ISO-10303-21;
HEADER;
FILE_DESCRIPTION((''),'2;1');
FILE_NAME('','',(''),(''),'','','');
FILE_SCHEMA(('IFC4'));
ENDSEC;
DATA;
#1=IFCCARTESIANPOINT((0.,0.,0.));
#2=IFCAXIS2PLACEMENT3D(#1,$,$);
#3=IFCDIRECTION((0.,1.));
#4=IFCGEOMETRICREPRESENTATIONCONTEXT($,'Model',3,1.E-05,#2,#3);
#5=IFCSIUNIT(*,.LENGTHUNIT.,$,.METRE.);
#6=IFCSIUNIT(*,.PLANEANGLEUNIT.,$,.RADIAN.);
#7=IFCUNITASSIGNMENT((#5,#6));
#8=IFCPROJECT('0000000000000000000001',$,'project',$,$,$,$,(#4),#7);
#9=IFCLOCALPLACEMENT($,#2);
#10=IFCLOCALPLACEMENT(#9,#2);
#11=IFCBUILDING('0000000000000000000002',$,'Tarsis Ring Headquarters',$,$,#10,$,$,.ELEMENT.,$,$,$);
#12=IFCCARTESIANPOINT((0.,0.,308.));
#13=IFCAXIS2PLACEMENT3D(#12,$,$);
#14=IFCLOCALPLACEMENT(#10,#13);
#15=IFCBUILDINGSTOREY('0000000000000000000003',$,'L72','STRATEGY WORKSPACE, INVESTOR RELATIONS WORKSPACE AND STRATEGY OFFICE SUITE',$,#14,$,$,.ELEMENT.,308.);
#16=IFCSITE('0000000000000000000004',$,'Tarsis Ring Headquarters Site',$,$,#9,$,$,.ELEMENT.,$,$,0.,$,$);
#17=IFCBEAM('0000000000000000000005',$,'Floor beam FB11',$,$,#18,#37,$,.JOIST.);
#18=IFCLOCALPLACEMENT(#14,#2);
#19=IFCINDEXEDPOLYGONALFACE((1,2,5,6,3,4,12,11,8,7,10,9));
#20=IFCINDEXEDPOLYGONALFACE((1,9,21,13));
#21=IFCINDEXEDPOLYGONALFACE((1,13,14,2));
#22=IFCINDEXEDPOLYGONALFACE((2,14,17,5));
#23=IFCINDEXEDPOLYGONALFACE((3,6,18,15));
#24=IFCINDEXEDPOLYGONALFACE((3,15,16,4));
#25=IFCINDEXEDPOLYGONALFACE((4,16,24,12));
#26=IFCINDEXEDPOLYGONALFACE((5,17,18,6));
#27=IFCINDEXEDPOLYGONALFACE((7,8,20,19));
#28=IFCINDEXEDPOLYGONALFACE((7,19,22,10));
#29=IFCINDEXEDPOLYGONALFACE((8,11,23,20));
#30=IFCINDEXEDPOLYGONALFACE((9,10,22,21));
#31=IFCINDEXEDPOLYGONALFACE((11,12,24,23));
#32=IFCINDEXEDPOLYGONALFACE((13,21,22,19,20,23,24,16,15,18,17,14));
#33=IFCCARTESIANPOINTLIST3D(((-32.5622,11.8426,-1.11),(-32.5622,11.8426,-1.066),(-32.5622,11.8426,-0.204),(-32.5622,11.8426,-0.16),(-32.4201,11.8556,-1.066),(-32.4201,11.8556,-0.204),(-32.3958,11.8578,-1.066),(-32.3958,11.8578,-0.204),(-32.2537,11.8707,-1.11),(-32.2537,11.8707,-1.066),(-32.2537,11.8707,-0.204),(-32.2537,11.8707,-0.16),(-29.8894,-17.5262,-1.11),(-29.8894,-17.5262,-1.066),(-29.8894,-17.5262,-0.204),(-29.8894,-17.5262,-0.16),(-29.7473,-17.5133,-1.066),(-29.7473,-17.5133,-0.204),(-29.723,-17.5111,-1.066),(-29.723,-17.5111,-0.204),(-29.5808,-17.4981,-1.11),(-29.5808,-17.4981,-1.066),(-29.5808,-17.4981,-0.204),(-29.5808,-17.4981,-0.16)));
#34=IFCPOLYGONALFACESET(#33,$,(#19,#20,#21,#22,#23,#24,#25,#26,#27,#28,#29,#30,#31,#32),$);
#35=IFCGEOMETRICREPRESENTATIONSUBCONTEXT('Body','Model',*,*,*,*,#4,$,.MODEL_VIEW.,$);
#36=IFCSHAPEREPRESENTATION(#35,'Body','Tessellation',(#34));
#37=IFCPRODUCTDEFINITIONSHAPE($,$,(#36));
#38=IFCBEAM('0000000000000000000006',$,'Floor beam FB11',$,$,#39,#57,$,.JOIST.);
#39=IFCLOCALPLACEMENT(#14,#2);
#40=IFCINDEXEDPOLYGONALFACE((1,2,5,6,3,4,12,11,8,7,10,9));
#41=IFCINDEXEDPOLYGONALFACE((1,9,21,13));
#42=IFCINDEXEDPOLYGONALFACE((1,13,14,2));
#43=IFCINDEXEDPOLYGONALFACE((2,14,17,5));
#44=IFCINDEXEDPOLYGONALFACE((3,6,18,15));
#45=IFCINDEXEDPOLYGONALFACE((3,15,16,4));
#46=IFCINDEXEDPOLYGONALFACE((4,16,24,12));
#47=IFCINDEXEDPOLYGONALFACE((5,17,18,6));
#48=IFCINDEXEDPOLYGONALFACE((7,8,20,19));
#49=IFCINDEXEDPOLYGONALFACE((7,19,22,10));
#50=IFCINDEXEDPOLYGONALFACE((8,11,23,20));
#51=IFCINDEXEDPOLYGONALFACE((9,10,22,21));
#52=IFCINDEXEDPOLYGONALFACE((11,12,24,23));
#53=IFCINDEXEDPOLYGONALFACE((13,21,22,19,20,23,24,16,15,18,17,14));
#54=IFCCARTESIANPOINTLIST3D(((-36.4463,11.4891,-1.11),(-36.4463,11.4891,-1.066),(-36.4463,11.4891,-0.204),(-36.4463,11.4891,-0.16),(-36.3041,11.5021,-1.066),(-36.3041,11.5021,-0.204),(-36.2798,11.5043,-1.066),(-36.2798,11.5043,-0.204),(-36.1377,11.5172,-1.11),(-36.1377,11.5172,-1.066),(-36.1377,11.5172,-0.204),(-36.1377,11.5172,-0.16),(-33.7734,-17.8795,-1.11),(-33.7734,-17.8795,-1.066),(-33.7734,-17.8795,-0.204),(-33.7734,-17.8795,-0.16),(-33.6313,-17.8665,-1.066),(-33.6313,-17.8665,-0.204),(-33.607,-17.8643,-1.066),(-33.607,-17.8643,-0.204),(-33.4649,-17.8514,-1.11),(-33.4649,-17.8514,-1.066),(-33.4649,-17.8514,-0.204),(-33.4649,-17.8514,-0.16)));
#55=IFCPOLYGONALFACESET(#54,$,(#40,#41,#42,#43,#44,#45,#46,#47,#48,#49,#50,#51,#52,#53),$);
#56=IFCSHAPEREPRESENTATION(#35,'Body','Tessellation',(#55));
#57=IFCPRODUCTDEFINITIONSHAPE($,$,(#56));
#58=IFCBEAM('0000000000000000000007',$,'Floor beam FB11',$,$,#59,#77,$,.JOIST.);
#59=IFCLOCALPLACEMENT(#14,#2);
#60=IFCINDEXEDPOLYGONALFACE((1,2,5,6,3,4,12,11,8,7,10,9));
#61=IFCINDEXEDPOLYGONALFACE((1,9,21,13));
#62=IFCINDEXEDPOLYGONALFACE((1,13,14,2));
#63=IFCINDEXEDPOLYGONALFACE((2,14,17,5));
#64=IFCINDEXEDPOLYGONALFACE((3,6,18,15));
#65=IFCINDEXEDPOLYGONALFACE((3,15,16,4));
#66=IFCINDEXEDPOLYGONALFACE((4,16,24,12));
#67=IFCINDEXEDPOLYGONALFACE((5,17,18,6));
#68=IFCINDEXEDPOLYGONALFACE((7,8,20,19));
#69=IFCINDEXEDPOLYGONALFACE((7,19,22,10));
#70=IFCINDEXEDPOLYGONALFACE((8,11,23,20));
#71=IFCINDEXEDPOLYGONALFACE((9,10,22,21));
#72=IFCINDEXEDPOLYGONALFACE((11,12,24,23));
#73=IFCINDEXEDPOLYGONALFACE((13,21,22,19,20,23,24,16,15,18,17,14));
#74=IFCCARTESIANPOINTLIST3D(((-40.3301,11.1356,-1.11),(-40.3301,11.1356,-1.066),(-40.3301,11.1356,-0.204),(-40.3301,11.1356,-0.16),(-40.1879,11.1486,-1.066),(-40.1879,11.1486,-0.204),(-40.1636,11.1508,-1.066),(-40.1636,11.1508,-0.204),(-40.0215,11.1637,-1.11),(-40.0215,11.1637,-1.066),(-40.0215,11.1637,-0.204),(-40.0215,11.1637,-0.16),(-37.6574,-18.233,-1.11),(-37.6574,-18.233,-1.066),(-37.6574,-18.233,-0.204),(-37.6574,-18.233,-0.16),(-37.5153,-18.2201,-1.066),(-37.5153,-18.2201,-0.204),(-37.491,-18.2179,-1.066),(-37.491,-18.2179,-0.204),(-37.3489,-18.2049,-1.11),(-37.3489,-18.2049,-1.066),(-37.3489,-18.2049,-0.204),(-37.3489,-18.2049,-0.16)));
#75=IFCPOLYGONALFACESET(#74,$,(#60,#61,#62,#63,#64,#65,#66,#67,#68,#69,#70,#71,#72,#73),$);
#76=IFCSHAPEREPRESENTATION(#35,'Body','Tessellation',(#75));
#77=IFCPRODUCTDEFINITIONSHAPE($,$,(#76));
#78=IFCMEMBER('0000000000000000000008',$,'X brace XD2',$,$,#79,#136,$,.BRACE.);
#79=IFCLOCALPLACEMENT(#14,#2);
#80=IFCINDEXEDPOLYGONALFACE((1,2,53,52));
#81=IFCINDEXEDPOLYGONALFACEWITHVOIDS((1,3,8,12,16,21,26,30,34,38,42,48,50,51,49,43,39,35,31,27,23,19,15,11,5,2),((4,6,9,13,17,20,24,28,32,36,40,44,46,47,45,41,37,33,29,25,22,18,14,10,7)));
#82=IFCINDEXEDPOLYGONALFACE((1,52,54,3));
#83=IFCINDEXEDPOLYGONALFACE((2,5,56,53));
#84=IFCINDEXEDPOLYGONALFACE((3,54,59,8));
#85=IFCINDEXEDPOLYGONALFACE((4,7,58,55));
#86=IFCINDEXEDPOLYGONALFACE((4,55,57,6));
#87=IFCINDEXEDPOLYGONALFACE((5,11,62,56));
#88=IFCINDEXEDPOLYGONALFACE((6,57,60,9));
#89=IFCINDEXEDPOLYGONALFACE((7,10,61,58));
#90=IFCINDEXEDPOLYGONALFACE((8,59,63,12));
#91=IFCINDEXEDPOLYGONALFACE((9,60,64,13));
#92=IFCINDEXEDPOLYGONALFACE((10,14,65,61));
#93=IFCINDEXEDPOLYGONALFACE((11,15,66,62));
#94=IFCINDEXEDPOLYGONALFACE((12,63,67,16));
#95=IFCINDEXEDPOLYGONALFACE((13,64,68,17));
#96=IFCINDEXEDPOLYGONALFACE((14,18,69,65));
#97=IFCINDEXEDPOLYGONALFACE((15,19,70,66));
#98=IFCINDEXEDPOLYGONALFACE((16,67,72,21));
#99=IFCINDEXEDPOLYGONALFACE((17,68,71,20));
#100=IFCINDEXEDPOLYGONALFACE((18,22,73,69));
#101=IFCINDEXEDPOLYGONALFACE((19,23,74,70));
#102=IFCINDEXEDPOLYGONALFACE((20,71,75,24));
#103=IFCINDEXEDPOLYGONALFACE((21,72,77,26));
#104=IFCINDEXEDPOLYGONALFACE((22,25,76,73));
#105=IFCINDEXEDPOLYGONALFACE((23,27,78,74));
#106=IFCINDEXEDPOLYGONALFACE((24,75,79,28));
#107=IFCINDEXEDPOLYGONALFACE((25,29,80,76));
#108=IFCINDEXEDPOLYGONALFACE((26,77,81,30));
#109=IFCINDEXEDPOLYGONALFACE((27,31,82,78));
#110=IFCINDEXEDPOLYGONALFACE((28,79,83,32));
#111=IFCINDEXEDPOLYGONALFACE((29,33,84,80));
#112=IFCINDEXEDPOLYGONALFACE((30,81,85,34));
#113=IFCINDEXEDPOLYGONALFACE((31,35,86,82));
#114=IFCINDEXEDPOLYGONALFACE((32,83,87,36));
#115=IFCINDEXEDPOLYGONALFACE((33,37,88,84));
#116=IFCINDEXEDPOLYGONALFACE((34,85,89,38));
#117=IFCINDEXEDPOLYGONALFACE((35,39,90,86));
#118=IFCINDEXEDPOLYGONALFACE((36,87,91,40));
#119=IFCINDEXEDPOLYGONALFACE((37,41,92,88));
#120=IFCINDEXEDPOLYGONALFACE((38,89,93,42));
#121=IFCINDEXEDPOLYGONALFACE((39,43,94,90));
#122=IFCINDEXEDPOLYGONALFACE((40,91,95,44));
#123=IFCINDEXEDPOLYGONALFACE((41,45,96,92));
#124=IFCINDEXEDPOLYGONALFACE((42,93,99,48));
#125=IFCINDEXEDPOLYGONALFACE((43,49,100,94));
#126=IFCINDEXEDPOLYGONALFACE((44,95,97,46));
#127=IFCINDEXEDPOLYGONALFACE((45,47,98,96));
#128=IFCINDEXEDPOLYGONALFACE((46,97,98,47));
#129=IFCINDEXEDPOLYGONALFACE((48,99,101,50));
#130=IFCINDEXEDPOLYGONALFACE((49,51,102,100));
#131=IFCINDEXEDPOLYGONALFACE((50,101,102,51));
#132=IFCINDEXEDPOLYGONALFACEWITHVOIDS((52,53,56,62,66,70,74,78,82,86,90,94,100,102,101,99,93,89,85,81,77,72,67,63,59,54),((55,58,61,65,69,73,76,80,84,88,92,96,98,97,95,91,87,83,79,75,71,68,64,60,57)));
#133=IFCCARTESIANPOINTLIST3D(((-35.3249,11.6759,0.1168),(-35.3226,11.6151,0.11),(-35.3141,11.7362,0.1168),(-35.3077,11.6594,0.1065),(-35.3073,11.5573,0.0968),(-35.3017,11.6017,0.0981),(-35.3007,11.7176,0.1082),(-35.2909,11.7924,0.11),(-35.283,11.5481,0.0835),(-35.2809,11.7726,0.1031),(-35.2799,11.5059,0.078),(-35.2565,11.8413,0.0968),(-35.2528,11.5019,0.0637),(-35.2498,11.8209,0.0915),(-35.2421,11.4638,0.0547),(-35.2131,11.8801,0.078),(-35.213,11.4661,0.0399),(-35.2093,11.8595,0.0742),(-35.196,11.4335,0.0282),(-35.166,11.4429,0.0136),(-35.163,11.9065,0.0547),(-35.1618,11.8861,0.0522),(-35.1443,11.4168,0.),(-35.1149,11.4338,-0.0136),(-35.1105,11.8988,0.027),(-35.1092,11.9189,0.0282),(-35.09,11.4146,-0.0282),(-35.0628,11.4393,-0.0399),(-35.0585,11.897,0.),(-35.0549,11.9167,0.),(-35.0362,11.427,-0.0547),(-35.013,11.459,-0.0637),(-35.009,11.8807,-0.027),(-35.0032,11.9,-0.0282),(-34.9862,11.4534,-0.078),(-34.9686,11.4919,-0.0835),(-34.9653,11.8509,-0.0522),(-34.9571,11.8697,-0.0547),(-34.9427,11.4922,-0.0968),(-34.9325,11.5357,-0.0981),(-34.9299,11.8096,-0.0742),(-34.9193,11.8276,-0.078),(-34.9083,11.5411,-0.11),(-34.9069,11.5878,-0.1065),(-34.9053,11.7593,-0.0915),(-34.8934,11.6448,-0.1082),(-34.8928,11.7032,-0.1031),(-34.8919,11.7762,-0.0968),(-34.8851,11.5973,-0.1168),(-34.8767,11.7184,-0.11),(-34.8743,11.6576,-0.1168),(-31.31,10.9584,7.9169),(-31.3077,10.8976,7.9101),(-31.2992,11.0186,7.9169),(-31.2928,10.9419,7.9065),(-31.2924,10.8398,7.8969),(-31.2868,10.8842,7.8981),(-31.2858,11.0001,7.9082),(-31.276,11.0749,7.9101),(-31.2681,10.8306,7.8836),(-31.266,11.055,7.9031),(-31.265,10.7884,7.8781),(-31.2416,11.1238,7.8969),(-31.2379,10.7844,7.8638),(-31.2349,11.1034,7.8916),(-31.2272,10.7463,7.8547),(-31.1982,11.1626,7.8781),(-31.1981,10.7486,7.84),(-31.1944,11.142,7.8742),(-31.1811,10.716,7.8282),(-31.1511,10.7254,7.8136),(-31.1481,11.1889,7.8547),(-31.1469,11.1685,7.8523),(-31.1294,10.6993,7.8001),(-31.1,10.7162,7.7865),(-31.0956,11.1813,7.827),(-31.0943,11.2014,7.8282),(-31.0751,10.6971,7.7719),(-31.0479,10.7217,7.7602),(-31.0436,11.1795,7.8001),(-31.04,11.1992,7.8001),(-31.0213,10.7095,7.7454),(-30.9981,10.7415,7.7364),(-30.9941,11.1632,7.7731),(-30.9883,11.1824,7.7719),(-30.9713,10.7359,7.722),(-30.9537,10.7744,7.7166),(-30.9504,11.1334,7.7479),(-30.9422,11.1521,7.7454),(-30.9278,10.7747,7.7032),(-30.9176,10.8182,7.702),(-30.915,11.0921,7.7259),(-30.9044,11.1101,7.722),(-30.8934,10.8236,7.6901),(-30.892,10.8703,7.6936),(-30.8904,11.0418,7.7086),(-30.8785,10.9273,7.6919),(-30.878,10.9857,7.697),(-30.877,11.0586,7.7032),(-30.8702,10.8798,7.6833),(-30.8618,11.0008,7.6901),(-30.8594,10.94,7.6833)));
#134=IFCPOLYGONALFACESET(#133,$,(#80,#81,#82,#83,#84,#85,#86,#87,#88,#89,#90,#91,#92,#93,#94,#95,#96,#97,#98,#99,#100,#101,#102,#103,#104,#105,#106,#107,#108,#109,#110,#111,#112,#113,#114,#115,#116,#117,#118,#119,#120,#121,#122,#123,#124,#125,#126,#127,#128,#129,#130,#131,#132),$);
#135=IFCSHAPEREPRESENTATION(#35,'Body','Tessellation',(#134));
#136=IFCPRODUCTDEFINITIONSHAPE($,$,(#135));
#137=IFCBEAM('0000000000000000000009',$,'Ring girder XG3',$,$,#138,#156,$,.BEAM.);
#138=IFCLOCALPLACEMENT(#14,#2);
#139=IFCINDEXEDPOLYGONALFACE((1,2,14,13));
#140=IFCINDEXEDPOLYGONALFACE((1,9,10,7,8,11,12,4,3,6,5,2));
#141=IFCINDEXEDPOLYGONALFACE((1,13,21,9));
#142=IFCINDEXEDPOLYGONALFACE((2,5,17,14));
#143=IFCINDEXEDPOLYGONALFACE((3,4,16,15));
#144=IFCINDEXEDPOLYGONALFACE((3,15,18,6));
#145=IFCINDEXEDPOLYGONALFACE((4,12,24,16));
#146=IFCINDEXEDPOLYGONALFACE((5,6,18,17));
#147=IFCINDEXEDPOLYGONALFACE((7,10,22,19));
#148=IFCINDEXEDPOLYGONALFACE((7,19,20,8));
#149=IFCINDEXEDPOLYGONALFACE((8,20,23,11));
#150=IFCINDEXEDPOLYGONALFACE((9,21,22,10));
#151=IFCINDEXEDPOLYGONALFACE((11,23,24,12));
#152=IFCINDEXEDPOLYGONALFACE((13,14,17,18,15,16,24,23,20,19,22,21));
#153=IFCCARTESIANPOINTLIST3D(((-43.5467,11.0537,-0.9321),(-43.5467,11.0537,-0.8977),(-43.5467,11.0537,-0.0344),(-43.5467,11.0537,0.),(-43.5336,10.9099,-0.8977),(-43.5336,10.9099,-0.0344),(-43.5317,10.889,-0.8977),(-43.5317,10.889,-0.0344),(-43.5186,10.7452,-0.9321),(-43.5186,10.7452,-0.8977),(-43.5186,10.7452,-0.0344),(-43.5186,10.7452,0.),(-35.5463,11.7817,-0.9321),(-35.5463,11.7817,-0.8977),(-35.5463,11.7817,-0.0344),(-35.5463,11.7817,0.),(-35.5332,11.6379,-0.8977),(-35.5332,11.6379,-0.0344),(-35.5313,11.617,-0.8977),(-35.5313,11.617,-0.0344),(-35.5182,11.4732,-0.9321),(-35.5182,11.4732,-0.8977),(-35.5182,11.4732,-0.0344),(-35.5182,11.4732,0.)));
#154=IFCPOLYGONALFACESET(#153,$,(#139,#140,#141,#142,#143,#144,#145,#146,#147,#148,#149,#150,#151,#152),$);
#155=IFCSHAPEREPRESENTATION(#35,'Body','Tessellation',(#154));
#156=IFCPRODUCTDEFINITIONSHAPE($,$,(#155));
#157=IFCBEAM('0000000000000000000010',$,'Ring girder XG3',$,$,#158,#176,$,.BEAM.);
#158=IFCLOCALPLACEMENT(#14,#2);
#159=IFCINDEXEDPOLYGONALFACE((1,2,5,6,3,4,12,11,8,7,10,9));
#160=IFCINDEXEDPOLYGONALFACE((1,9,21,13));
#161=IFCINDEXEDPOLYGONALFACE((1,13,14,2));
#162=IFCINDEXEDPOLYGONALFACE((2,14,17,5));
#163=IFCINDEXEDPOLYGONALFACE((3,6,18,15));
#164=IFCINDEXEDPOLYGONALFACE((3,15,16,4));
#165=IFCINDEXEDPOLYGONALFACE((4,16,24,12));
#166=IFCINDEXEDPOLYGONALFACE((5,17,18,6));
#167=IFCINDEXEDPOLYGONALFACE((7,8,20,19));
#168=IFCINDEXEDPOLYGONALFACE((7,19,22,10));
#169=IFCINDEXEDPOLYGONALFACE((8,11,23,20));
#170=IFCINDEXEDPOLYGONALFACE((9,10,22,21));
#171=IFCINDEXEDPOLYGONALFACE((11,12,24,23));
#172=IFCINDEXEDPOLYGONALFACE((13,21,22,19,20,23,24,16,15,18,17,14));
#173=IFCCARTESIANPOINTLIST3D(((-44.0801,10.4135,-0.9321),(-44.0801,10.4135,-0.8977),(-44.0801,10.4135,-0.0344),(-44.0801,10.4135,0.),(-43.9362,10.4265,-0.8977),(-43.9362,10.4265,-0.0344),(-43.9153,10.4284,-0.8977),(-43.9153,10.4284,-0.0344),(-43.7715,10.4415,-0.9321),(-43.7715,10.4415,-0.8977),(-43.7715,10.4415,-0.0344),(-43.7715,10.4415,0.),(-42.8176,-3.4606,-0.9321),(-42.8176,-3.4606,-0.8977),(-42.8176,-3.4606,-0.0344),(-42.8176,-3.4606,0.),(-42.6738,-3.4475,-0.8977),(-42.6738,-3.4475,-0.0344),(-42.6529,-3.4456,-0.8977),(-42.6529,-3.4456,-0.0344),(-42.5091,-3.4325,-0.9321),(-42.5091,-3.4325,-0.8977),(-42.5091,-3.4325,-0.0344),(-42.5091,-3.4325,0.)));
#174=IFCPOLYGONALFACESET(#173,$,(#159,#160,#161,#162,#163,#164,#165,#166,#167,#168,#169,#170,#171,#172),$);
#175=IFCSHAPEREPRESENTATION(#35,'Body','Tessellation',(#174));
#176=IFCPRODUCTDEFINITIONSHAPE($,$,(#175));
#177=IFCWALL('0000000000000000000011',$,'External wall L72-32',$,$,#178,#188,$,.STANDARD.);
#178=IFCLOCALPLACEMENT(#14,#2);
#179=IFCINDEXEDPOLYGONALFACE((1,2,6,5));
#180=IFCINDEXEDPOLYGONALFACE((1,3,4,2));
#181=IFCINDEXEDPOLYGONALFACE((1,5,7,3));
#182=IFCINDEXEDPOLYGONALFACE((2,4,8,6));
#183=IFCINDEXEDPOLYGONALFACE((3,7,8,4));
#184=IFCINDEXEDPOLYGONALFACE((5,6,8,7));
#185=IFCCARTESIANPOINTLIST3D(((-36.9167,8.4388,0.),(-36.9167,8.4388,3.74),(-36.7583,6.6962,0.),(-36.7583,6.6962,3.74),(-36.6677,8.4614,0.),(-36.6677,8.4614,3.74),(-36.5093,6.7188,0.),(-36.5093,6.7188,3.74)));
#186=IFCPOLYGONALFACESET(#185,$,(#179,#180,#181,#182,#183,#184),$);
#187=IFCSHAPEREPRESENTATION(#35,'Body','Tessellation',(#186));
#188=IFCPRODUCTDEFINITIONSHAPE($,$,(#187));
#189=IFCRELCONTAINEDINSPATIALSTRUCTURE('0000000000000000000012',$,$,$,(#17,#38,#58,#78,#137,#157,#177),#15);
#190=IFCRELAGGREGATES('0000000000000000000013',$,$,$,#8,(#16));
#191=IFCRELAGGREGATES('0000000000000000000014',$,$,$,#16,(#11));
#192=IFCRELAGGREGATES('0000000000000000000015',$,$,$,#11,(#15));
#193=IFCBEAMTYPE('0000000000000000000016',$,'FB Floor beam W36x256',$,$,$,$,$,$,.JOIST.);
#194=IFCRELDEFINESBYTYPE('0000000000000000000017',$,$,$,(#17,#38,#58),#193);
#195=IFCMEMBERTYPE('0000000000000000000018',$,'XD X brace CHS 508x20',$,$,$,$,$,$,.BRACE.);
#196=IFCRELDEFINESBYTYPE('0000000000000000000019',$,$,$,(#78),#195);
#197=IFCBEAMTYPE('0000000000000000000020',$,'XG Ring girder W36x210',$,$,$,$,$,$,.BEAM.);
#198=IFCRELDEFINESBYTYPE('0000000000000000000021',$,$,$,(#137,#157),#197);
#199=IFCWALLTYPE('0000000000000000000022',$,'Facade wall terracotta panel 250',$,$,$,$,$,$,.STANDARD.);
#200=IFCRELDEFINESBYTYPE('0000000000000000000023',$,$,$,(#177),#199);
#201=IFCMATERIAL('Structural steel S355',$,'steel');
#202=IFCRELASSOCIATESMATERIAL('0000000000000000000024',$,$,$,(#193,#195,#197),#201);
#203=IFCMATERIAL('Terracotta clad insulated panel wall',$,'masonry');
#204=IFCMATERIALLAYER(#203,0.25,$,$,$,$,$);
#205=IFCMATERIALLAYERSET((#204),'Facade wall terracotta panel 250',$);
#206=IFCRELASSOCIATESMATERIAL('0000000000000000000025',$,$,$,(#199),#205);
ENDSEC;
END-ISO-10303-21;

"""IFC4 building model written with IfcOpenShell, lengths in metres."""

from ifc_helpers import new_model, si_unit, direction, frame, frame_2d, origin, origin_2d, place, context, subcontext, project, spatial, rectangle, hollow_circle, i_section, extrude, material, layer, layer_set, material_profile, profile_set, type_object, element, save


model = new_model("IFC4")

# Units and contexts
model_context = context("Model", 3, precision=1e-05, world=origin(), true_north=direction((0.0, 1.0)))
body_context = subcontext(model_context, "Body", "Model", "MODEL_VIEW")
ifc_project = project(units=[si_unit("LENGTHUNIT", "METRE"), si_unit("PLANEANGLEUNIT", "RADIAN")], contexts=[model_context])

# Site, building, storey
site_placement = place(None, origin())
site = spatial("IfcSite", under=ifc_project, at=site_placement, Name="Tarsis Ring Headquarters Site", CompositionType="ELEMENT", RefElevation=0.0)
building_placement = place(site_placement, origin())
building = spatial("IfcBuilding", under=site, at=building_placement, Name="Tarsis Ring Headquarters", CompositionType="ELEMENT")
storey_placement = place(building_placement, frame((0.0, 0.0, 308.0)))
storey = spatial("IfcBuildingStorey", under=building, at=storey_placement, Name="L72", Description="STRATEGY WORKSPACE, INVESTOR RELATIONS WORKSPACE AND STRATEGY OFFICE SUITE", CompositionType="ELEMENT", Elevation=308.0)

# Shared definitions
ifc_material_1 = material(Name="Structural steel S355", Category="steel")

# Beams
ifc_material_profile_1 = material_profile(ifc_material_1, i_section(OverallWidth=0.3098, OverallDepth=0.95, WebThickness=0.0244, FlangeThickness=0.0439, at=origin_2d()), Name="W36x256")
ifc_profile_set_1 = profile_set([ifc_material_profile_1], Name="Structural steel S355")
beam_type_1 = type_object("IfcBeamType", Name="FB Floor beam W36x256", PredefinedType="JOIST", material=ifc_profile_set_1)
for number, where, z_axis, x_axis, name in (
    (1, (-32.408, 11.8567, -0.635), (0.090635, -0.995884, 0.0), (0.995884, 0.090635, 0.0), "Floor beam FB11"),
):
    element("IfcBeam", number, at=place(storey_placement, frame(where, z_axis=z_axis, x_axis=x_axis)), inside=storey, type_object=beam_type_1, Name=name, PredefinedType="JOIST", context=body_context, shape_type="SweptSolid", body=[
        extrude(i_section(OverallWidth=0.3098, OverallDepth=0.95, WebThickness=0.0244, FlangeThickness=0.0439, at=origin_2d()), origin(), (0.0, 0.0, 1.0), 29.4902),
    ])
for number, where, z_axis, x_axis, name in (
    (2, (-36.292, 11.5032, -0.635), (0.090636, -0.995884, 0.0), (0.995884, 0.090636, 0.0), "Floor beam FB11"),
    (3, (-40.1758, 11.1497, -0.635), (0.090628, -0.995885, 0.0), (0.995885, 0.090628, 0.0), "Floor beam FB11"),
):
    element("IfcBeam", number, at=place(storey_placement, frame(where, z_axis=z_axis, x_axis=x_axis)), inside=storey, type_object=beam_type_1, Name=name, PredefinedType="JOIST", context=body_context, shape_type="SweptSolid", body=[
        extrude(i_section(OverallWidth=0.3098, OverallDepth=0.95, WebThickness=0.0244, FlangeThickness=0.0439, at=origin_2d()), origin(), (0.0, 0.0, 1.0), 29.49),
    ])

# Member
ifc_material_profile_2 = material_profile(ifc_material_1, hollow_circle(Radius=0.2539, WallThickness=0.02, at=origin_2d()), Name="CHS 508x20")
ifc_profile_set_2 = profile_set([ifc_material_profile_2], Name="Structural steel S355")
member_type = type_object("IfcMemberType", Name="XD X brace CHS 508x20", PredefinedType="BRACE", material=ifc_profile_set_2)
member_placement = place(storey_placement, frame((-35.0996, 11.6667, 0.0), z_axis=(0.456135, -0.081519, 0.886169), x_axis=(0.175929, 0.984403, 0.0)))
element("IfcMember", 4, at=member_placement, inside=storey, type_object=member_type, Name="X brace XD2", PredefinedType="BRACE", context=body_context, shape_type="SweptSolid", body=[
    extrude(hollow_circle(Radius=0.2539, WallThickness=0.02, at=origin_2d()), origin(), (0.0, 0.0, 1.0), 8.802),
])

# Beams
ifc_material_profile_3 = material_profile(ifc_material_1, i_section(OverallWidth=0.3098, OverallDepth=0.9321, WebThickness=0.021, FlangeThickness=0.0344, at=origin_2d()), Name="W36x210")
ifc_profile_set_3 = profile_set([ifc_material_profile_3], Name="Structural steel S355")
beam_type_2 = type_object("IfcBeamType", Name="XG Ring girder W36x210", PredefinedType="BEAM", material=ifc_profile_set_3)
beam_1_placement = place(storey_placement, frame((-35.5322, 11.6274, -0.4661), z_axis=(-0.995885, -0.090623, 0.0), x_axis=(0.090623, -0.995885, 0.0)))
element("IfcBeam", 5, at=beam_1_placement, inside=storey, type_object=beam_type_2, Name="Ring girder XG3", PredefinedType="BEAM", context=body_context, shape_type="SweptSolid", body=[
    extrude(i_section(OverallWidth=0.3098, OverallDepth=0.9321, WebThickness=0.021, FlangeThickness=0.0344, at=origin_2d()), origin(), (0.0, 0.0, 1.0), 8.0334),
])
beam_2_placement = place(storey_placement, frame((-43.9258, 10.4275, -0.4661), z_axis=(0.090619, -0.995886, 0.0), x_axis=(0.995886, 0.090619, 0.0)))
element("IfcBeam", 6, at=beam_2_placement, inside=storey, type_object=beam_type_2, Name="Ring girder XG3", PredefinedType="BEAM", context=body_context, shape_type="SweptSolid", body=[
    extrude(i_section(OverallWidth=0.3098, OverallDepth=0.9321, WebThickness=0.021, FlangeThickness=0.0344, at=origin_2d()), origin(), (0.0, 0.0, 1.0), 13.9314),
])

# Wall
ifc_material_2 = material(Name="Terracotta clad insulated panel wall", Category="masonry")
ifc_layer = layer(ifc_material_2, 0.25)
ifc_layer_set = layer_set([ifc_layer], Name="Facade wall terracotta panel 250")
wall_type = type_object("IfcWallType", Name="Facade wall terracotta panel 250", PredefinedType="STANDARD", material=ifc_layer_set)
wall_placement = place(storey_placement, frame((-36.7922, 8.4502, 0.0), z_axis=(0.0, 0.0, 1.0), x_axis=(0.090548, -0.995892, 0.0)))
element("IfcWall", 7, at=wall_placement, inside=storey, type_object=wall_type, Name="External wall L72-32", PredefinedType="STANDARD", context=body_context, shape_type="SweptSolid", body=[
    extrude(rectangle(XDim=1.7498, YDim=0.25, at=frame_2d((0.875, 0.0))), origin(), (0.0, 0.0, 1.0), 3.74),
])

save(model, "model.ifc")
